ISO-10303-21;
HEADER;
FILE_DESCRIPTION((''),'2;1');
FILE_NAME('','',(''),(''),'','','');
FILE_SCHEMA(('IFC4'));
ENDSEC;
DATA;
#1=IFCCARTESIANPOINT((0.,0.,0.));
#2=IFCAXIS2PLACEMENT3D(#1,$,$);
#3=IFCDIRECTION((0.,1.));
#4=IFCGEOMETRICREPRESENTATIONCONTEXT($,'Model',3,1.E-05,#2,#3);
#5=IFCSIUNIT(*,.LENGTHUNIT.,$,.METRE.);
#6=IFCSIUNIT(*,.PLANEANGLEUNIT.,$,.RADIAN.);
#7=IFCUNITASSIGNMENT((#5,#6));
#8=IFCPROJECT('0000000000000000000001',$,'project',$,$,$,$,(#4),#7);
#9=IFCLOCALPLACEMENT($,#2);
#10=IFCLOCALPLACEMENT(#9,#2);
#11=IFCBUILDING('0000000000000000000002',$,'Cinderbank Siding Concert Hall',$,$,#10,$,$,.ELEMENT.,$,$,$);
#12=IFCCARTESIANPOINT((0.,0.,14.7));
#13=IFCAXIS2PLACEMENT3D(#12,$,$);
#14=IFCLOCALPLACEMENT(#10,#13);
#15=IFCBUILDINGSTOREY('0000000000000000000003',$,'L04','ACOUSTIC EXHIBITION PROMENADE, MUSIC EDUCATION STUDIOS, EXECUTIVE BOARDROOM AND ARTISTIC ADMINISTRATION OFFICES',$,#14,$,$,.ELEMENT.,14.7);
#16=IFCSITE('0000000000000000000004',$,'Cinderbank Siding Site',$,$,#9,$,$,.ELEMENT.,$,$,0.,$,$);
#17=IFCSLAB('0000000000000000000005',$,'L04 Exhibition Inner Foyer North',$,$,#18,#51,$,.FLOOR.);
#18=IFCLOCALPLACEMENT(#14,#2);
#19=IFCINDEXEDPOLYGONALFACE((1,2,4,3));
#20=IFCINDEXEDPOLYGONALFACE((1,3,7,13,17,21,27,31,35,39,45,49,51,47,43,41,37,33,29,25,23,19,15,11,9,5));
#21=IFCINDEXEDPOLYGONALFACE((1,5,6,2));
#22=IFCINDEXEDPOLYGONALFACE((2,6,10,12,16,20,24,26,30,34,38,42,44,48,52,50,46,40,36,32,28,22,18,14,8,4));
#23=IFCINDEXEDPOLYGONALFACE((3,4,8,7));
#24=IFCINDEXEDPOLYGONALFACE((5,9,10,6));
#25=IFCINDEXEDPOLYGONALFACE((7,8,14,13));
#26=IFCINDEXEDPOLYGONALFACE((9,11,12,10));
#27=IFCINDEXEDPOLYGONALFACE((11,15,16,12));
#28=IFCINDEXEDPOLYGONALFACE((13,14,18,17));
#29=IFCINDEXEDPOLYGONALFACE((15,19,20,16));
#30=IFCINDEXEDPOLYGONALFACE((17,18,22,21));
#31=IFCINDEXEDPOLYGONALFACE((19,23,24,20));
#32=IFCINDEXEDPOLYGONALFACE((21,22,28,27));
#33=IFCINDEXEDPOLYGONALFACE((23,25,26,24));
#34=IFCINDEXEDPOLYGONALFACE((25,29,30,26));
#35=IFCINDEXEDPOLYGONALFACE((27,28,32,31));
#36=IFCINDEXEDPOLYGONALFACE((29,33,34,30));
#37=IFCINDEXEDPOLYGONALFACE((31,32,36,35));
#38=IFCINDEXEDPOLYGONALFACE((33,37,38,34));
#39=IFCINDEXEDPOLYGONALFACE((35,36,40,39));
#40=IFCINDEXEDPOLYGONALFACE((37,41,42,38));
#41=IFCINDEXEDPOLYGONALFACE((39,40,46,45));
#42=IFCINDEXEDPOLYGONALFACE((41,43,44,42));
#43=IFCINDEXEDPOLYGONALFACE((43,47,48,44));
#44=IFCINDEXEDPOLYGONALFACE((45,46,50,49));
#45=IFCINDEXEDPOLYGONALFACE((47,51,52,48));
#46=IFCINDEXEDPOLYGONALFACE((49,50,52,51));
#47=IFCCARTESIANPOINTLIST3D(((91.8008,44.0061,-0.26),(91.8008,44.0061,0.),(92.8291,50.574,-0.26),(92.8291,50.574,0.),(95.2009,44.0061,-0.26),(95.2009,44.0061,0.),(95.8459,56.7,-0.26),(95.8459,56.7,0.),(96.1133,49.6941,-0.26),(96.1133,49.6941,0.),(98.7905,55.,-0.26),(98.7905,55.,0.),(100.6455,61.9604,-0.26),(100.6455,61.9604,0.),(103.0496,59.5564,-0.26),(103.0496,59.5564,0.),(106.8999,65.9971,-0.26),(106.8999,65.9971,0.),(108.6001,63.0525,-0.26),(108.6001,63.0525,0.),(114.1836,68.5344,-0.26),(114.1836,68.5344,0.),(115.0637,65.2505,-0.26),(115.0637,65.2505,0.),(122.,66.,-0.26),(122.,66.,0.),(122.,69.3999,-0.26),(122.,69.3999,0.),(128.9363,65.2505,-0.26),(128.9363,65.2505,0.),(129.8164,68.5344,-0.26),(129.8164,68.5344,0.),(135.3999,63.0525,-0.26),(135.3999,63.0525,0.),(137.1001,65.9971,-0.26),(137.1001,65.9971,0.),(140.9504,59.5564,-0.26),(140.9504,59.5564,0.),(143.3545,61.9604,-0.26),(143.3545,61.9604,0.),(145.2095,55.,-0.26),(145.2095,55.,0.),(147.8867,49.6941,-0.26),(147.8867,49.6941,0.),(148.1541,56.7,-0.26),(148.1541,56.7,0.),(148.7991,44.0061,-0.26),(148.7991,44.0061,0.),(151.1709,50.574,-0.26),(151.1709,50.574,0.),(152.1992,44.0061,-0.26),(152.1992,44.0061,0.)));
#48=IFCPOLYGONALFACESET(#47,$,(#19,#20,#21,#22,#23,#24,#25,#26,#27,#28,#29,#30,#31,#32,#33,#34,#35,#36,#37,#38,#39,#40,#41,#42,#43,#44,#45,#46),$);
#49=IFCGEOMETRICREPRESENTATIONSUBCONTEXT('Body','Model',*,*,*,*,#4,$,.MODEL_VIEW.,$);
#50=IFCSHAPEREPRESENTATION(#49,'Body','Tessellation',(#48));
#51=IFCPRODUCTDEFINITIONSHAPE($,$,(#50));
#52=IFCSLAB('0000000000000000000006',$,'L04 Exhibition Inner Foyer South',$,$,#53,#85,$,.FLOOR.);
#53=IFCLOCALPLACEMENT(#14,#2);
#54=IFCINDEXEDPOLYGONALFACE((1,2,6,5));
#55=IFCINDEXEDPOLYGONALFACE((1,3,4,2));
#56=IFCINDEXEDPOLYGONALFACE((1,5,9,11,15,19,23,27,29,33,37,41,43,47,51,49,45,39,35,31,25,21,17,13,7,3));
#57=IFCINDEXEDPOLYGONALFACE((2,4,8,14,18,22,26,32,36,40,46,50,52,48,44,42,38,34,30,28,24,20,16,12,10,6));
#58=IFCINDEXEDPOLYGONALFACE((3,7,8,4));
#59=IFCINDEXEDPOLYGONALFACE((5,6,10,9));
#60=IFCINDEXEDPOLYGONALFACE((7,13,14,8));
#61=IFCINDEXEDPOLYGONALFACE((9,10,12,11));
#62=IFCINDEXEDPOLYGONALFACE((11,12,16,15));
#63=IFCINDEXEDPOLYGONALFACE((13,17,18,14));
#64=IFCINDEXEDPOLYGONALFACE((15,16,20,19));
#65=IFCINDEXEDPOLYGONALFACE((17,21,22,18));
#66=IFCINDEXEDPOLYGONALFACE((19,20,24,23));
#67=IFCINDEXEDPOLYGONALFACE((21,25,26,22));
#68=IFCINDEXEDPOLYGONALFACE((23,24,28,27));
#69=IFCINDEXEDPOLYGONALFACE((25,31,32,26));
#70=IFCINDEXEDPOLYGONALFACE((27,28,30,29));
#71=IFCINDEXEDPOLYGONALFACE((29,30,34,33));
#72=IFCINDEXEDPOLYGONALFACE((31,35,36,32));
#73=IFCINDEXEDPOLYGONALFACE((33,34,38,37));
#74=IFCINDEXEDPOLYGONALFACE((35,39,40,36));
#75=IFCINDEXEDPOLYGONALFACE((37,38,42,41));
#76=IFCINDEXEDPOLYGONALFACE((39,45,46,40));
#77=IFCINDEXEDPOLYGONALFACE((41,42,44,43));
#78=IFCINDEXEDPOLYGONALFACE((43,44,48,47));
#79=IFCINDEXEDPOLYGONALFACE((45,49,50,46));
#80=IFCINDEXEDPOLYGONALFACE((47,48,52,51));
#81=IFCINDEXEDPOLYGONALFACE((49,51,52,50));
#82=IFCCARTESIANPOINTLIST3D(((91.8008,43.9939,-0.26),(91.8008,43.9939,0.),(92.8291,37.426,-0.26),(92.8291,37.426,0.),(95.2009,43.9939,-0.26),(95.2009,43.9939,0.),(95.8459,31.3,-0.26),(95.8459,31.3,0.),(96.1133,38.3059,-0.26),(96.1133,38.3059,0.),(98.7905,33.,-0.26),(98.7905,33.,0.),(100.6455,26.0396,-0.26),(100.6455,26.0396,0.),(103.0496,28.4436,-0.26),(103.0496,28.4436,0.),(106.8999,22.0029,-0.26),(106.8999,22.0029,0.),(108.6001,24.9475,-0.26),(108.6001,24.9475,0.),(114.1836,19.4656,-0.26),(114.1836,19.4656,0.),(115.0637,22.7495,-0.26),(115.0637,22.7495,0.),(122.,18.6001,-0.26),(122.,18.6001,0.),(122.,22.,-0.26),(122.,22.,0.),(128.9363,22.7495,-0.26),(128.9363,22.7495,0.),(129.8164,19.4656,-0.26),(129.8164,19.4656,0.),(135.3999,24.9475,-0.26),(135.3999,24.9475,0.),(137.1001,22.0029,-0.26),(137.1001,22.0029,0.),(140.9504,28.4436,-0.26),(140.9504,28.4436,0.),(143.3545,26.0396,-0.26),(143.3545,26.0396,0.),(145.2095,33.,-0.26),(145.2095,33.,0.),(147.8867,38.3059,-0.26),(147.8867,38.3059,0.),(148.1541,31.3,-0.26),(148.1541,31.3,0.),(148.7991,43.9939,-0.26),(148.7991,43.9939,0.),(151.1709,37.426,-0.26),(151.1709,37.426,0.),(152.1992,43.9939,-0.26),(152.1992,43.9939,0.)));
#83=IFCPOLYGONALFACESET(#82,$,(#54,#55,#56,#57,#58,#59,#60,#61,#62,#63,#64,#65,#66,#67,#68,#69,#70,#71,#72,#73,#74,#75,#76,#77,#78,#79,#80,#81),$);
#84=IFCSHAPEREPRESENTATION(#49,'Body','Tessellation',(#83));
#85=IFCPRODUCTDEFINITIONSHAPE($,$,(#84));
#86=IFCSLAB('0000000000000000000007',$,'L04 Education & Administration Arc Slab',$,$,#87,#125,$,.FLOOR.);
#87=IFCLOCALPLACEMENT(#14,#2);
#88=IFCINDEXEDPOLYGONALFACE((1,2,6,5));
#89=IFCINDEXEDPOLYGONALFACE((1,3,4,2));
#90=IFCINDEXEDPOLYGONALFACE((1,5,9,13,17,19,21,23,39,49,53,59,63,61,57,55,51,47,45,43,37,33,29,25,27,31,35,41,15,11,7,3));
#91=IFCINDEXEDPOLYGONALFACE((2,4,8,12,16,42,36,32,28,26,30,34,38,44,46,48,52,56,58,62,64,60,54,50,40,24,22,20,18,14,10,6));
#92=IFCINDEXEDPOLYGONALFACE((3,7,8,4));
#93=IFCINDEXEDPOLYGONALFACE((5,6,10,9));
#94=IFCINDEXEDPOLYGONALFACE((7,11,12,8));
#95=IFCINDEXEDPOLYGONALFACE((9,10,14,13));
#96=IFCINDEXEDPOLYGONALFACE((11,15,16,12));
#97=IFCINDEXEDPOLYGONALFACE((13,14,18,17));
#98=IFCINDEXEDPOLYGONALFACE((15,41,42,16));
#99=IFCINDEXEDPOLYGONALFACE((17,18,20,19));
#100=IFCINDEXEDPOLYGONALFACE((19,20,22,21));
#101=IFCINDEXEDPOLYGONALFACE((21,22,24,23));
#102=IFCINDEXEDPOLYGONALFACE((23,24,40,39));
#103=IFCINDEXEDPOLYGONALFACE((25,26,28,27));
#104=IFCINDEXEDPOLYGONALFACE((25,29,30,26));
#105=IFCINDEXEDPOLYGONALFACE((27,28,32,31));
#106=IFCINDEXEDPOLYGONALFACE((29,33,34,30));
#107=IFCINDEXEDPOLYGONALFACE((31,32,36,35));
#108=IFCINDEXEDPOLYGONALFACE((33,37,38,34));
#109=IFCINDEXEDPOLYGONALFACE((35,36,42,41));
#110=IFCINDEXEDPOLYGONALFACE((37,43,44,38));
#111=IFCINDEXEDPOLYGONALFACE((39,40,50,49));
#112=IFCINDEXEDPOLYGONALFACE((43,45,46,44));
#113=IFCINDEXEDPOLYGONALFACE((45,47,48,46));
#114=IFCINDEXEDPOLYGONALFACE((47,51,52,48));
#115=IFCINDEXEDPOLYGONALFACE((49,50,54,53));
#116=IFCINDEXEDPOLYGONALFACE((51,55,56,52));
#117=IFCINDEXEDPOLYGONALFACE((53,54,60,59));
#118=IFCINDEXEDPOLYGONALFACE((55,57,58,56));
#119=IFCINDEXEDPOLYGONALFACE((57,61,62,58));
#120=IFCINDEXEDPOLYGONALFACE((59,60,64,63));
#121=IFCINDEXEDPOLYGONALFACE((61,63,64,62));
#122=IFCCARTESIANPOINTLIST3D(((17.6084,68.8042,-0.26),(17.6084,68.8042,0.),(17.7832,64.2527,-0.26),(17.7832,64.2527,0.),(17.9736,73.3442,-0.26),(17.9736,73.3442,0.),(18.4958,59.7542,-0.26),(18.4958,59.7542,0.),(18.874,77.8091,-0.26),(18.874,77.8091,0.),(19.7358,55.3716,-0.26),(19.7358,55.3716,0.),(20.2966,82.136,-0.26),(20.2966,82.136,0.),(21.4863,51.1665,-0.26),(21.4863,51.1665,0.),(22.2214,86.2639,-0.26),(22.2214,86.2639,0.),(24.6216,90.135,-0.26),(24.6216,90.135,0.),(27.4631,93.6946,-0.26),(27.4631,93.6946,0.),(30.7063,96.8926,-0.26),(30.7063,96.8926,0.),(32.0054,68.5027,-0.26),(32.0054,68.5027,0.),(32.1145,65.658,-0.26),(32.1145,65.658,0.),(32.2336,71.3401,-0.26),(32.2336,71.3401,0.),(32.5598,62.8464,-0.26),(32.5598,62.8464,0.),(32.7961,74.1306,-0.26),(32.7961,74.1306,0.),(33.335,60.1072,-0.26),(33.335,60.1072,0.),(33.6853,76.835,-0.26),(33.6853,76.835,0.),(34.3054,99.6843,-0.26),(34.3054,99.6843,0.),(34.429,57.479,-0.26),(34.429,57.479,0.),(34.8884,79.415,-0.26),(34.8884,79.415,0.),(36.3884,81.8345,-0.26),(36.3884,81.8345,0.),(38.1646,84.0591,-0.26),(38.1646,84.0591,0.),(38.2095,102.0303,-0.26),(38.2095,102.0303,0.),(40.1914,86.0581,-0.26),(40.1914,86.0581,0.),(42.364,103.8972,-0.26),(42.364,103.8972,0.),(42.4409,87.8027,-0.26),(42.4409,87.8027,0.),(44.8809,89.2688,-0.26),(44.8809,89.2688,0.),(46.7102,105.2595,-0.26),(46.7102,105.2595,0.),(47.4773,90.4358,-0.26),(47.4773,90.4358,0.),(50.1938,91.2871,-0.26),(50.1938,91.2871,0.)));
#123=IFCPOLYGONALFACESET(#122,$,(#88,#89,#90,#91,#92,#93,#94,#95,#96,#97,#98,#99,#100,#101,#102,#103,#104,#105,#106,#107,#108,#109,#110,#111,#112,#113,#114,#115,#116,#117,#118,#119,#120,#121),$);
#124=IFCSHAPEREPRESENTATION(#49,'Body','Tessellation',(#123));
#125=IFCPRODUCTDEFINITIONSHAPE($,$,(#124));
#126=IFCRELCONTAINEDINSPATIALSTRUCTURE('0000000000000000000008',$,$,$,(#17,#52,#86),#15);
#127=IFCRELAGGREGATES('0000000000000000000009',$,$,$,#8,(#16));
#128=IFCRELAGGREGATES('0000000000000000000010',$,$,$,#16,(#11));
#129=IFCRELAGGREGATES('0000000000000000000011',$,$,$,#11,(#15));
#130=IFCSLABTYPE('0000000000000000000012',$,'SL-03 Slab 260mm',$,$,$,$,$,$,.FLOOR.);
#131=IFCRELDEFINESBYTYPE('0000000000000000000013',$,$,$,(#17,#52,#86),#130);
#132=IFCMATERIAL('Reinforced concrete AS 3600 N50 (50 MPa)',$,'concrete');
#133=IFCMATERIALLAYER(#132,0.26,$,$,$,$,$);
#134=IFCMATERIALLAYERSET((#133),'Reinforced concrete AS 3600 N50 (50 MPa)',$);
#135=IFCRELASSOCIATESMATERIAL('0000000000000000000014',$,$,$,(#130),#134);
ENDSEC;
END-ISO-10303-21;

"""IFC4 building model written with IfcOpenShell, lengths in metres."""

from ifc_helpers import new_model, si_unit, direction, frame, origin, place, context, subcontext, project, spatial, polyline, outline, extrude, material, layer, layer_set, type_object, element, save


model = new_model("IFC4")

# Units and contexts
model_context = context("Model", 3, precision=1e-05, world=origin(), true_north=direction((0.0, 1.0)))
body_context = subcontext(model_context, "Body", "Model", "MODEL_VIEW")
ifc_project = project(units=[si_unit("LENGTHUNIT", "METRE"), si_unit("PLANEANGLEUNIT", "RADIAN")], contexts=[model_context])

# Site, building, storey
site_placement = place(None, origin())
site = spatial("IfcSite", under=ifc_project, at=site_placement, Name="Cinderbank Siding Site", CompositionType="ELEMENT", RefElevation=0.0)
building_placement = place(site_placement, origin())
building = spatial("IfcBuilding", under=site, at=building_placement, Name="Cinderbank Siding Concert Hall", CompositionType="ELEMENT")
storey_placement = place(building_placement, frame((0.0, 0.0, 14.7)))
storey = spatial("IfcBuildingStorey", under=building, at=storey_placement, Name="L04", Description="ACOUSTIC EXHIBITION PROMENADE, MUSIC EDUCATION STUDIOS, EXECUTIVE BOARDROOM AND ARTISTIC ADMINISTRATION OFFICES", CompositionType="ELEMENT", Elevation=14.7)

# Shared definitions
ifc_material_1 = material(Name="Reinforced concrete AS 3600 N50 (50 MPa)", Category="concrete")

# Slabs
ifc_layer_1 = layer(ifc_material_1, 0.26)
ifc_layer_set_1 = layer_set([ifc_layer_1], Name="Reinforced concrete AS 3600 N50 (50 MPa)")
slab_type_1 = type_object("IfcSlabType", Name="SL-03 Slab 260mm", PredefinedType="FLOOR", material=ifc_layer_set_1)
slab_1_placement = place(storey_placement, frame((0.0, 0.0, -0.26)))
element("IfcSlab", 1, at=slab_1_placement, inside=storey, type_object=slab_type_1, Name="L04 Exhibition Inner Foyer North", PredefinedType="FLOOR", context=body_context, shape_type="SweptSolid", body=[
    extrude(outline(polyline([(92.8291, 50.574), (95.8459, 56.7), (100.6455, 61.9604), (106.8999, 65.9971), (114.1836, 68.5344), (122.0, 69.3999), (129.8164, 68.5344), (137.1001, 65.9971), (143.3545, 61.9604), (148.1541, 56.7), (151.1709, 50.574), (152.1992, 44.0061), (148.7991, 44.0061), (147.8867, 49.6941), (145.2095, 55.0), (140.9504, 59.5564), (135.3999, 63.0525), (128.9363, 65.2505), (122.0, 66.0), (115.0637, 65.2505), (108.6001, 63.0525), (103.0496, 59.5564), (98.7905, 55.0), (96.1133, 49.6941), (95.2009, 44.0061), (91.8008, 44.0061), (92.8291, 50.574)])), origin(), (0.0, 0.0, 1.0), 0.26),
])
slab_2_placement = place(storey_placement, frame((0.0, 0.0, -0.26)))
element("IfcSlab", 2, at=slab_2_placement, inside=storey, type_object=slab_type_1, Name="L04 Exhibition Inner Foyer South", PredefinedType="FLOOR", context=body_context, shape_type="SweptSolid", body=[
    extrude(outline(polyline([(148.1541, 31.3), (143.3545, 26.0396), (137.1001, 22.0029), (129.8164, 19.4656), (122.0, 18.6001), (114.1836, 19.4656), (106.8999, 22.0029), (100.6455, 26.0396), (95.8459, 31.3), (92.8291, 37.426), (91.8008, 43.9939), (95.2009, 43.9939), (96.1133, 38.3059), (98.7905, 33.0), (103.0496, 28.4436), (108.6001, 24.9475), (115.0637, 22.7495), (122.0, 22.0), (128.9363, 22.7495), (135.3999, 24.9475), (140.9504, 28.4436), (145.2095, 33.0), (147.8867, 38.3059), (148.7991, 43.9939), (152.1992, 43.9939), (151.1709, 37.426), (148.1541, 31.3)])), origin(), (0.0, 0.0, 1.0), 0.26),
])
slab_3_placement = place(storey_placement, frame((0.0, 0.0, -0.26)))
element("IfcSlab", 3, at=slab_3_placement, inside=storey, type_object=slab_type_1, Name="L04 Education & Administration Arc Slab", PredefinedType="FLOOR", context=body_context, shape_type="SweptSolid", body=[
    extrude(outline(polyline([(46.7102, 105.2595), (50.1938, 91.2871), (47.4773, 90.4358), (44.8809, 89.2688), (42.4409, 87.8027), (40.1914, 86.0581), (38.1646, 84.0591), (36.3884, 81.8345), (34.8884, 79.415), (33.6853, 76.835), (32.7961, 74.1306), (32.2336, 71.3401), (32.0054, 68.5027), (32.1145, 65.658), (32.5598, 62.8464), (33.335, 60.1072), (34.429, 57.479), (21.4863, 51.1665), (19.7358, 55.3716), (18.4958, 59.7542), (17.7832, 64.2527), (17.6084, 68.8042), (17.9736, 73.3442), (18.874, 77.8091), (20.2966, 82.136), (22.2214, 86.2639), (24.6216, 90.135), (27.4631, 93.6946), (30.7063, 96.8926), (34.3054, 99.6843), (38.2095, 102.0303), (42.364, 103.8972), (46.7102, 105.2595)])), origin(), (0.0, 0.0, 1.0), 0.26),
])

save(model, "model.ifc")
